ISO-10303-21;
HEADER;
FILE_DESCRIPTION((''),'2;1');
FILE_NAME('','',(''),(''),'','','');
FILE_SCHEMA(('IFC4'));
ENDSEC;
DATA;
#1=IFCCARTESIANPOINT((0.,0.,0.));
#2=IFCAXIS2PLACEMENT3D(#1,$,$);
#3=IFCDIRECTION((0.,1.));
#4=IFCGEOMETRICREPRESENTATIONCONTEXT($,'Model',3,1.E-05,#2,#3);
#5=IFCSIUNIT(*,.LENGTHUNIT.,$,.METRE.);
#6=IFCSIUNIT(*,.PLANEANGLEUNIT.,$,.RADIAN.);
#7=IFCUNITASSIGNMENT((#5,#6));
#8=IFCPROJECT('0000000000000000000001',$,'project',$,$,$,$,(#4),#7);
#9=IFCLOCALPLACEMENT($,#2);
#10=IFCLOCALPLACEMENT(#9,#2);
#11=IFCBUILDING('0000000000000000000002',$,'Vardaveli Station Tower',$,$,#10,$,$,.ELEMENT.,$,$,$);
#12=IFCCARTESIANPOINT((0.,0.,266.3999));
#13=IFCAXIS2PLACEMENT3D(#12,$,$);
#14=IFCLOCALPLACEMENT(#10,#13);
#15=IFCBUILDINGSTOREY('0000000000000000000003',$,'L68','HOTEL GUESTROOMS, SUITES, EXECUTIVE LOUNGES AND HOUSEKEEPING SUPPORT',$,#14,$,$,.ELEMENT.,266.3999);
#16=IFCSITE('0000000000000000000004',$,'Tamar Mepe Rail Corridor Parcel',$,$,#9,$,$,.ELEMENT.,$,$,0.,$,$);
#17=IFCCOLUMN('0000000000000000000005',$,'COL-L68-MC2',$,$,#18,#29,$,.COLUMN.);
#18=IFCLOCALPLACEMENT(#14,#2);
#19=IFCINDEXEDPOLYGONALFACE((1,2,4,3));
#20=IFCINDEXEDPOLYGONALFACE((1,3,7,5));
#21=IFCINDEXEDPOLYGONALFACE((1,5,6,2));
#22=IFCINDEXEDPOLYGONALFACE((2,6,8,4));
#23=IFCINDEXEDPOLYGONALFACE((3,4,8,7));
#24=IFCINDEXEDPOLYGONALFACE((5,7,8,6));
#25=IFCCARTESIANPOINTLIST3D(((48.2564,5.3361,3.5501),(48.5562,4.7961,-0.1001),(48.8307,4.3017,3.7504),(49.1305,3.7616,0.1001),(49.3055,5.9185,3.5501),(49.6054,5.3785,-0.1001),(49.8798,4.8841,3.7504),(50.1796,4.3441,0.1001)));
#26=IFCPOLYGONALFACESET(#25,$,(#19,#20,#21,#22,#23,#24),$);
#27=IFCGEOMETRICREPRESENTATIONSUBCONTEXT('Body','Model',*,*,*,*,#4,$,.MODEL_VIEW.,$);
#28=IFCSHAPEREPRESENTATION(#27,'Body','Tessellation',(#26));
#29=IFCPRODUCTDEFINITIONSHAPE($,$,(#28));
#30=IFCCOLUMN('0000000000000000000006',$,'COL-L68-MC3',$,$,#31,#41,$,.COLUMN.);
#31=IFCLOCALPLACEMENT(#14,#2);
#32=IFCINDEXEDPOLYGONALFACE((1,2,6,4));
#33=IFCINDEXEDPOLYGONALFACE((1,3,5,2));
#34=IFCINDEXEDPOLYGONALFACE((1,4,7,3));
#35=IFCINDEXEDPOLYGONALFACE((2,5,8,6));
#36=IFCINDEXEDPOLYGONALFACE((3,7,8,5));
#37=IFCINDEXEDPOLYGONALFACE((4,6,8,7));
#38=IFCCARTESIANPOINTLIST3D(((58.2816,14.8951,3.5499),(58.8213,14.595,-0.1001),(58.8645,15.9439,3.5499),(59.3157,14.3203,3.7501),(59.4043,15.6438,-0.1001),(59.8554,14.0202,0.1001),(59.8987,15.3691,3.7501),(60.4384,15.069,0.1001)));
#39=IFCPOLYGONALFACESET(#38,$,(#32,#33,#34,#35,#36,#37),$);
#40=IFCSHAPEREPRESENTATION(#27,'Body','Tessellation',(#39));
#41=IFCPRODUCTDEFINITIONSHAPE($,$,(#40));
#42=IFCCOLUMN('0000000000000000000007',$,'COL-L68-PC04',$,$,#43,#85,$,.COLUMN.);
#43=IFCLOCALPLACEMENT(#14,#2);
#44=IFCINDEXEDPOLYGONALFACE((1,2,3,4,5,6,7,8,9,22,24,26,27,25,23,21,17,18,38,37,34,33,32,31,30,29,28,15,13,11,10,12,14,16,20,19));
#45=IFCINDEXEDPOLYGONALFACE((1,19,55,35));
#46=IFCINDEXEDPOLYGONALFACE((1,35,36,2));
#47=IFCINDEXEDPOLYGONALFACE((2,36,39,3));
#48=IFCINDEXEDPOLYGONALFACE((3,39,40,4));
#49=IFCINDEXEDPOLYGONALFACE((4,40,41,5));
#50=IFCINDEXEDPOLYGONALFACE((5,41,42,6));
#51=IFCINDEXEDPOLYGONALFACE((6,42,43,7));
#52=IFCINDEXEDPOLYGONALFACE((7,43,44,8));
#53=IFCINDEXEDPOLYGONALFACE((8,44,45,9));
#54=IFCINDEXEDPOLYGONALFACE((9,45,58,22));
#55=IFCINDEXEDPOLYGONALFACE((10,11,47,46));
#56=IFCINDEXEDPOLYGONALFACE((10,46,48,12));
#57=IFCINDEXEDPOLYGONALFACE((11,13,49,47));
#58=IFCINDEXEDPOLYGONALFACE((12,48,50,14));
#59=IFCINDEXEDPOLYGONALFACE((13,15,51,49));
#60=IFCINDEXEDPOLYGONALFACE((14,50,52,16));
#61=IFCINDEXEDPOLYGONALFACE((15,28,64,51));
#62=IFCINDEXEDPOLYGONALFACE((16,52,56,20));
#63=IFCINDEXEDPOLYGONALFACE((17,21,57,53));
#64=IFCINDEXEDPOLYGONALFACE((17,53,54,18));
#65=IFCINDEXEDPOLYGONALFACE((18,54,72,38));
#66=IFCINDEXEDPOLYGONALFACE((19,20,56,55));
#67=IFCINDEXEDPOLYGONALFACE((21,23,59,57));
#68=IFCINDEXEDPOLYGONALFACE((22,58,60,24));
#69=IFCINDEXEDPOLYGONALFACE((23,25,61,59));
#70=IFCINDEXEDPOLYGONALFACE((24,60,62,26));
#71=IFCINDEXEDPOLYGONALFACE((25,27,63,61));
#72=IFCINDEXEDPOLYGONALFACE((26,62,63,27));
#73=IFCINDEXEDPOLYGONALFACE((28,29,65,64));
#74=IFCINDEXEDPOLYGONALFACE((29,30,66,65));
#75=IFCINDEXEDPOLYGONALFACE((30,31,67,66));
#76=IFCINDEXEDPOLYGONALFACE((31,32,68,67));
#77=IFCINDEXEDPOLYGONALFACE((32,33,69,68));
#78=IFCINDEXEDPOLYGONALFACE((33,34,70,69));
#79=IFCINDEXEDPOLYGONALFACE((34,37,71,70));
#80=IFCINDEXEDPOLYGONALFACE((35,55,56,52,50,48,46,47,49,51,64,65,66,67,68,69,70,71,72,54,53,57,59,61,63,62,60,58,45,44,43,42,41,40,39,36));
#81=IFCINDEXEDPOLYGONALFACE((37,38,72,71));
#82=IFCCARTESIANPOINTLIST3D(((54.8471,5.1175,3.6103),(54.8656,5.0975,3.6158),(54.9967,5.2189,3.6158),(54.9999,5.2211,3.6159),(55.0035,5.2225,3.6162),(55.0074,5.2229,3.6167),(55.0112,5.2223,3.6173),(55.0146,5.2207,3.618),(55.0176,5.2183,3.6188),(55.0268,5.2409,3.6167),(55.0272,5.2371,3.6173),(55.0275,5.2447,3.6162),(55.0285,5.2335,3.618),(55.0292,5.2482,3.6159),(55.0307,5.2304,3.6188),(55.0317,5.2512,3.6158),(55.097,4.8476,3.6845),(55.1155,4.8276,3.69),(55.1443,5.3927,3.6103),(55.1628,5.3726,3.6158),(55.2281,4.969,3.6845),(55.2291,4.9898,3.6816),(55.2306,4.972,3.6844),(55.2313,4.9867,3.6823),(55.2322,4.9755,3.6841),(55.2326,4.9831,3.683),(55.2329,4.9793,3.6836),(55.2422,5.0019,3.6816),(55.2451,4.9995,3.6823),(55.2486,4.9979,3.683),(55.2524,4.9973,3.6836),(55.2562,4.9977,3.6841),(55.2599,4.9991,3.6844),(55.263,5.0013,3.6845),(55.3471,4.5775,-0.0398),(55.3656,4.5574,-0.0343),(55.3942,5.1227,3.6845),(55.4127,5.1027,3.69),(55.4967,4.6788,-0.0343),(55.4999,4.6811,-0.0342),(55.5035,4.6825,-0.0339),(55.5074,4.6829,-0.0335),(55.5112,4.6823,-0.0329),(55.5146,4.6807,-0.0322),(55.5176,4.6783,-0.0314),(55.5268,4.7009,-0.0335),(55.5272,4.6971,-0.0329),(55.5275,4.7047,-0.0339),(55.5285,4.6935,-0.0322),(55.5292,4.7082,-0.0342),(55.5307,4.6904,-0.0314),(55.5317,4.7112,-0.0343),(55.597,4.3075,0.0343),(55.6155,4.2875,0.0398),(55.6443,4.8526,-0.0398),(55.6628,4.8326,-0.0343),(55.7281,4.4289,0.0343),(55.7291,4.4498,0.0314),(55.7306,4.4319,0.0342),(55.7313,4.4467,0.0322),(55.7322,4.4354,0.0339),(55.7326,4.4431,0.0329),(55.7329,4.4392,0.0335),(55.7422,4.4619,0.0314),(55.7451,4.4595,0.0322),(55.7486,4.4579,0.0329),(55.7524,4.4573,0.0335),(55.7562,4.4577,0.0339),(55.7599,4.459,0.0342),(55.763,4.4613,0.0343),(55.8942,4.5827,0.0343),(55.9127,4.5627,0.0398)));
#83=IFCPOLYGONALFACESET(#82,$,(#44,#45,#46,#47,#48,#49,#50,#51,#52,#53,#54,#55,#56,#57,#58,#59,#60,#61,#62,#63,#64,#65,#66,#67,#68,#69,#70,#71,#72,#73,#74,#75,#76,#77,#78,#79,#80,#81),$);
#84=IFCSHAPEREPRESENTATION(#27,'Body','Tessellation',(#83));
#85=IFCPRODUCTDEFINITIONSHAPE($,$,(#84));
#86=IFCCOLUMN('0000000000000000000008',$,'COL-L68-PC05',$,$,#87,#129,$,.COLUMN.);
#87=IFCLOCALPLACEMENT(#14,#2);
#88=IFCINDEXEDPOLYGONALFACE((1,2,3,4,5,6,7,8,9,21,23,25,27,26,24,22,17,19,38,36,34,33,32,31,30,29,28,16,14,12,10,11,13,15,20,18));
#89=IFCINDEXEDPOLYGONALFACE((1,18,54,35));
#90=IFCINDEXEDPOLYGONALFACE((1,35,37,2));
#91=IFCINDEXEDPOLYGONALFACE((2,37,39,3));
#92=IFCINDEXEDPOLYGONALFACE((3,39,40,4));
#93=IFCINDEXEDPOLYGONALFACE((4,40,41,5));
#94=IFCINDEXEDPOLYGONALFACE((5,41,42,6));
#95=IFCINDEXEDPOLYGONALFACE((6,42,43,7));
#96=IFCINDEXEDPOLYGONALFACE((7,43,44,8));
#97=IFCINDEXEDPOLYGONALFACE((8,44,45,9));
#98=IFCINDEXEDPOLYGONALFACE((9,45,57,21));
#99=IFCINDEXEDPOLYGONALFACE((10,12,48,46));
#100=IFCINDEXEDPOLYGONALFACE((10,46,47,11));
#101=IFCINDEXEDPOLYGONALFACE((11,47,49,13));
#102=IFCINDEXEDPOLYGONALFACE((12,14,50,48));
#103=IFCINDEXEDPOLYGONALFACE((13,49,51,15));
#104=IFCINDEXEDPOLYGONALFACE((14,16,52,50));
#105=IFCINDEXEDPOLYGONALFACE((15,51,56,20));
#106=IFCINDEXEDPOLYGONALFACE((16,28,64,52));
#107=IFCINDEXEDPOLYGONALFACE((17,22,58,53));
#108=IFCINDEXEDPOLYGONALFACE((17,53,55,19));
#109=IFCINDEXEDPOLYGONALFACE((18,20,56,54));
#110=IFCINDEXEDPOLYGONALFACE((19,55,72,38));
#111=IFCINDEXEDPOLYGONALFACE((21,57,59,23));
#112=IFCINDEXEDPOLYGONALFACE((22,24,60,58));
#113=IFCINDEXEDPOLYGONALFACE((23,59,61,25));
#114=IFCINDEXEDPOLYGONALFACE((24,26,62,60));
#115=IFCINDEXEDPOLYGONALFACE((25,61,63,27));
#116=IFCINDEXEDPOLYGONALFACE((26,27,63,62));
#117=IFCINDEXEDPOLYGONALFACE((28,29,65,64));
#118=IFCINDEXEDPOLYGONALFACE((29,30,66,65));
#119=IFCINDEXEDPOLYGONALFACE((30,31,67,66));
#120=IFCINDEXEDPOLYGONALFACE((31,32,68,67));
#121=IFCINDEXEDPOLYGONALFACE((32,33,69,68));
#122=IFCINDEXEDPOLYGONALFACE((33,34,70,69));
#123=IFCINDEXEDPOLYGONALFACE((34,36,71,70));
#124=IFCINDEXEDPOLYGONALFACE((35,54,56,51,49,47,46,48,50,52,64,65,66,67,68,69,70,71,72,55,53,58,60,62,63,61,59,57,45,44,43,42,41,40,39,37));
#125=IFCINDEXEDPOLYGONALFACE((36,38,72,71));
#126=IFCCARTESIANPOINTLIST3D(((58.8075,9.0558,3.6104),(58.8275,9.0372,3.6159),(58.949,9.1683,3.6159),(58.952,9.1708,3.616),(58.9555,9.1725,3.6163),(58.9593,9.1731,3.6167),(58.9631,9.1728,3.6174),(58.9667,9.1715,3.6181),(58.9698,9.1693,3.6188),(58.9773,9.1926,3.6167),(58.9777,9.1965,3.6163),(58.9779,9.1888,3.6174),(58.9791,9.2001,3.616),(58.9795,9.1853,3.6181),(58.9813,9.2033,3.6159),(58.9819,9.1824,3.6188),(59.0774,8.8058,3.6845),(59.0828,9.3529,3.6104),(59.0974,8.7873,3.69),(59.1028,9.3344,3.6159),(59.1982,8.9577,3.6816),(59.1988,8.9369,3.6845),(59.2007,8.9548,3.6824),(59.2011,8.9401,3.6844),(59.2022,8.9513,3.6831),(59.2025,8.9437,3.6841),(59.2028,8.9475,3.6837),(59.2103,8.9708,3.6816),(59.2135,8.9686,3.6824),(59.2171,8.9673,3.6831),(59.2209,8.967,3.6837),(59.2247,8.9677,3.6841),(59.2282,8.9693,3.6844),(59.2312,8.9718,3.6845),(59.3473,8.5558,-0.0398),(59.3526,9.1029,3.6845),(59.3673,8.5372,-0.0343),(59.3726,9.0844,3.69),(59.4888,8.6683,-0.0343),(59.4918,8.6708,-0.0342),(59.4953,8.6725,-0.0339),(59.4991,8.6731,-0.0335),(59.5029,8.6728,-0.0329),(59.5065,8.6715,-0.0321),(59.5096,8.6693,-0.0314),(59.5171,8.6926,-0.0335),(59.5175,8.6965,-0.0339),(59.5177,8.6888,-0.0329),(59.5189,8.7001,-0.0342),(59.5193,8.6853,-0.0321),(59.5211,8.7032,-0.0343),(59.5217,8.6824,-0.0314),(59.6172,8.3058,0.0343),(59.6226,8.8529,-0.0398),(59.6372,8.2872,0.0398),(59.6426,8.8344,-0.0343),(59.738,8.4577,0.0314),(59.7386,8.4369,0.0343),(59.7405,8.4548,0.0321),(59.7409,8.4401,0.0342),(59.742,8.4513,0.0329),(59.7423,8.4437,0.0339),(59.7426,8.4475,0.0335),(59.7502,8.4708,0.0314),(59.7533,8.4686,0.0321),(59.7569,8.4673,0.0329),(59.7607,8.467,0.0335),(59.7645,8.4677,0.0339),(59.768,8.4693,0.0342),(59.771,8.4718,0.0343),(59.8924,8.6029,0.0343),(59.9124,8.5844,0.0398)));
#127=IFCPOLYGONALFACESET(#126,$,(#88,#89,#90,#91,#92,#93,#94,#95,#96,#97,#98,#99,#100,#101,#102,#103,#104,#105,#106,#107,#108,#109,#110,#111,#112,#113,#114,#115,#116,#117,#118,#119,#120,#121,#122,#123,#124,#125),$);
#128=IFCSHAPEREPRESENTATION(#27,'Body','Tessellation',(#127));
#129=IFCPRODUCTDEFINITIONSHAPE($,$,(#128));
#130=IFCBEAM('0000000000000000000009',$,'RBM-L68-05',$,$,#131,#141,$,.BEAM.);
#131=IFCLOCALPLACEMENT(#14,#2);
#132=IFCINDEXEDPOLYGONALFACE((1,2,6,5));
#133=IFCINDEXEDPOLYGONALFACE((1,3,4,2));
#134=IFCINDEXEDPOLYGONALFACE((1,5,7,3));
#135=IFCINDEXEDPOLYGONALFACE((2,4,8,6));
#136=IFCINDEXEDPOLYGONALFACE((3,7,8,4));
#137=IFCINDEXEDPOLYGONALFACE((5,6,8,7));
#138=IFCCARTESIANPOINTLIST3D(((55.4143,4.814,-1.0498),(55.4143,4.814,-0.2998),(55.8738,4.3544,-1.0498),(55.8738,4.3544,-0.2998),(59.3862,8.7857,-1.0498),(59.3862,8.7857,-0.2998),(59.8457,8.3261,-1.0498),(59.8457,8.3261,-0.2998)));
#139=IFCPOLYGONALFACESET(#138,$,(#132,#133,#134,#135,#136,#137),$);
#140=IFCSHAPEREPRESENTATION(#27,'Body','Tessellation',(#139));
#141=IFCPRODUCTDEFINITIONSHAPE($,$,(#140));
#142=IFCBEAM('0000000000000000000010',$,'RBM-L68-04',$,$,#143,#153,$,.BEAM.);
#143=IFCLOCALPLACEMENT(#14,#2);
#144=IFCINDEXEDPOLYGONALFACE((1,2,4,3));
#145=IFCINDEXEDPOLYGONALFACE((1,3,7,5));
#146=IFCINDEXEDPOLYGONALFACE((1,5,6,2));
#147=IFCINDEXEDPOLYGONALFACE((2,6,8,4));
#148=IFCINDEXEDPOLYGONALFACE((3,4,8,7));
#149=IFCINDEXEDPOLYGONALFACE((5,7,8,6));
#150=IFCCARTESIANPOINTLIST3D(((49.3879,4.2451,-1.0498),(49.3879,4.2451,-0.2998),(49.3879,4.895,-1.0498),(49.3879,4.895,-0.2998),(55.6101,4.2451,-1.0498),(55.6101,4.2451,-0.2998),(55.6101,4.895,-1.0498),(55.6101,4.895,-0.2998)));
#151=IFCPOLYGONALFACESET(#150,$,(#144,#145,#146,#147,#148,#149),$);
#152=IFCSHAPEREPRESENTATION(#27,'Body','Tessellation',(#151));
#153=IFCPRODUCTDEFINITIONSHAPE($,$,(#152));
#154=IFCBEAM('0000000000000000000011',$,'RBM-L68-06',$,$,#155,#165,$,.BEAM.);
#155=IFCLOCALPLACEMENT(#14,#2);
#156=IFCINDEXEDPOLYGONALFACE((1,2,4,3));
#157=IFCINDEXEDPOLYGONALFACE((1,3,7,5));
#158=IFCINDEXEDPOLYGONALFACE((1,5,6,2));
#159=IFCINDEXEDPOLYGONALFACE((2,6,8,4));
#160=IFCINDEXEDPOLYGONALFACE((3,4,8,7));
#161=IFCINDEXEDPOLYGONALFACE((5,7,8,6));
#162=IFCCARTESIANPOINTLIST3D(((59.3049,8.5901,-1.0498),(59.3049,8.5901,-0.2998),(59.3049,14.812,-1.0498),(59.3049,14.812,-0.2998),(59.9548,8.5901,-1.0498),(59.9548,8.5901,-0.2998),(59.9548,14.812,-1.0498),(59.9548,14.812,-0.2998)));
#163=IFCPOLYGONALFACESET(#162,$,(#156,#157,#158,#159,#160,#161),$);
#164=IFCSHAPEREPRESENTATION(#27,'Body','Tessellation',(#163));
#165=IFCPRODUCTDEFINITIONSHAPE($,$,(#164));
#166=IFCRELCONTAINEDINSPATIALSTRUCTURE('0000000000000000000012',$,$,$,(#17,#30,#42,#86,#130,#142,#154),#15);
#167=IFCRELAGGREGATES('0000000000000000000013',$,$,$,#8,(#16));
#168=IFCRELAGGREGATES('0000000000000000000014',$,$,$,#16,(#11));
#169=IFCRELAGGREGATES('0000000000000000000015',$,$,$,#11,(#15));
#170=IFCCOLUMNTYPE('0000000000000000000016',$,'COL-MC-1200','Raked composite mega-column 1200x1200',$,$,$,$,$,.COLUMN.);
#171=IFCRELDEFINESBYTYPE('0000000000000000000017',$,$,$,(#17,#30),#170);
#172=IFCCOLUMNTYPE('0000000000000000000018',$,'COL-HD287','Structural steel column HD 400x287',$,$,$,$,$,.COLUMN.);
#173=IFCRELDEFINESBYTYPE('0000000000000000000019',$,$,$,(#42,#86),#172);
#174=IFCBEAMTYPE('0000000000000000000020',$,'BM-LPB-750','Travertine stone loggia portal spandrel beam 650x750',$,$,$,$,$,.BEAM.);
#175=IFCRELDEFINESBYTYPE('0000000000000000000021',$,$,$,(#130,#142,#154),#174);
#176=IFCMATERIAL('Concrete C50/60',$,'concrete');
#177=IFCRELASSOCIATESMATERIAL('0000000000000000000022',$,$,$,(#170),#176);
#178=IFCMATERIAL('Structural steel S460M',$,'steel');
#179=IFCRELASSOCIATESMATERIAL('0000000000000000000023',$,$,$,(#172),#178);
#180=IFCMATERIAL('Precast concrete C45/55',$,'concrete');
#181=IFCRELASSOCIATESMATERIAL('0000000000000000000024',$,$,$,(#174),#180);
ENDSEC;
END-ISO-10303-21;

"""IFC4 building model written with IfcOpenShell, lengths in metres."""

from ifc_helpers import new_model, si_unit, direction, frame, origin, origin_2d, place, context, subcontext, project, spatial, rectangle, i_section, extrude, source, transform, mapped, material, material_profile, profile_set, type_object, element, save


model = new_model("IFC4")

# Units and contexts
model_context = context("Model", 3, precision=1e-05, world=origin(), true_north=direction((0.0, 1.0)))
body_context = subcontext(model_context, "Body", "Model", "MODEL_VIEW")
ifc_project = project(units=[si_unit("LENGTHUNIT", "METRE"), si_unit("PLANEANGLEUNIT", "RADIAN")], contexts=[model_context])

# Site, building, storey
site_placement = place(None, origin())
site = spatial("IfcSite", under=ifc_project, at=site_placement, Name="Tamar Mepe Rail Corridor Parcel", CompositionType="ELEMENT", RefElevation=0.0)
building_placement = place(site_placement, origin())
building = spatial("IfcBuilding", under=site, at=building_placement, Name="Vardaveli Station Tower", CompositionType="ELEMENT")
storey_placement = place(building_placement, frame((0.0, 0.0, 266.3999)))
storey = spatial("IfcBuildingStorey", under=building, at=storey_placement, Name="L68", Description="HOTEL GUESTROOMS, SUITES, EXECUTIVE LOUNGES AND HOUSEKEEPING SUPPORT", CompositionType="ELEMENT", Elevation=266.3999)

# Columns
ifc_material_1 = material(Name="Concrete C50/60", Category="concrete")
ifc_material_profile_1 = material_profile(ifc_material_1, rectangle(XDim=1.2, YDim=1.2, at=origin_2d()), Name="MC 1200x1200")
ifc_profile_set_1 = profile_set([ifc_material_profile_1], Name="Concrete C50/60")
column_type_1 = type_object("IfcColumnType", Name="COL-MC-1200", Description="Raked composite mega-column 1200x1200", PredefinedType="COLUMN", material=ifc_profile_set_1)
shared_shape_1 = source(origin(), body_context, "Body", "SweptSolid", [
    extrude(rectangle(XDim=1.2, YDim=1.2, at=origin_2d()), origin(), (0.0, 0.0, 1.0), 3.7021),
])
column_1_placement = place(storey_placement, frame((49.3679, 4.5701, 0.0), z_axis=(-0.080984, 0.145876, 0.985983), x_axis=(-0.874306, -0.485374, 0.0)))
element("IfcColumn", 1, at=column_1_placement, inside=storey, type_object=column_type_1, Name="COL-L68-MC2", PredefinedType="COLUMN", context=body_context, shape_type="MappedRepresentation", body=[
    mapped(shared_shape_1, transform((0.0, 0.0, 0.0), scale=1.0)),
])
shared_shape_2 = source(origin(), body_context, "Body", "SweptSolid", [
    extrude(rectangle(XDim=1.2, YDim=1.2, at=origin_2d()), origin(), (0.0, 0.0, 1.0), 3.7019),
])
column_2_placement = place(storey_placement, frame((59.6299, 14.832, 0.0), z_axis=(-0.145811, 0.08105, 0.985987), x_axis=(-0.485844, -0.874045, 0.0)))
element("IfcColumn", 2, at=column_2_placement, inside=storey, type_object=column_type_1, Name="COL-L68-MC3", PredefinedType="COLUMN", context=body_context, shape_type="MappedRepresentation", body=[
    mapped(shared_shape_2, transform((0.0, 0.0, 0.0), scale=1.0)),
])
ifc_material_2 = material(Name="Structural steel S460M", Category="steel")
ifc_material_profile_2 = material_profile(ifc_material_2, i_section(OverallWidth=0.405, OverallDepth=0.4031, WebThickness=0.0178, FlangeThickness=0.0278, FilletRadius=0.0149, at=origin_2d()), Name="HD 400x287")
ifc_profile_set_2 = profile_set([ifc_material_profile_2], Name="Structural steel S460M")
column_type_2 = type_object("IfcColumnType", Name="COL-HD287", Description="Structural steel column HD 400x287", PredefinedType="COLUMN", material=ifc_profile_set_2)
shared_shape_3 = source(origin(), body_context, "Body", "SweptSolid", [
    extrude(i_section(OverallWidth=0.405, OverallDepth=0.4031, WebThickness=0.0178, FlangeThickness=0.0278, FilletRadius=0.0149, at=origin_2d()), origin(), (0.0, 0.0, 1.0), 3.7236),
])
for number, where, z_axis, x_axis, name in (
    (3, (55.6299, 4.5701, 0.0), (-0.134279, 0.145031, 0.980273), (-0.733785, -0.679382, 0.0), "COL-L68-PC04"),
    (4, (59.6299, 8.5701, 0.0), (-0.144967, 0.13428, 0.980282), (-0.679547, -0.733632, 0.0), "COL-L68-PC05"),
):
    element("IfcColumn", number, at=place(storey_placement, frame(where, z_axis=z_axis, x_axis=x_axis)), inside=storey, type_object=column_type_2, Name=name, PredefinedType="COLUMN", context=body_context, shape_type="MappedRepresentation", body=[
        mapped(shared_shape_3, transform((0.0, 0.0, 0.0), scale=1.0)),
    ])

# Beams
ifc_material_3 = material(Name="Precast concrete C45/55", Category="concrete")
ifc_material_profile_3 = material_profile(ifc_material_3, rectangle(XDim=0.6499, YDim=0.75, at=origin_2d()), Name="LPB 650x750")
ifc_profile_set_3 = profile_set([ifc_material_profile_3], Name="Precast concrete C45/55")
beam_type_1 = type_object("IfcBeamType", Name="BM-LPB-750", Description="Travertine stone loggia portal spandrel beam 650x750", PredefinedType="BEAM", material=ifc_profile_set_3)
shared_shape_4 = source(origin(), body_context, "Body", "SweptSolid", [
    extrude(rectangle(XDim=0.6499, YDim=0.75, at=origin_2d()), origin(), (0.0, 0.0, 1.0), 5.6169),
])
beam_1_placement = place(storey_placement, frame((55.644, 4.5842, -0.6748), z_axis=(0.707129, 0.707085, 0.0), x_axis=(-0.707085, 0.707129, 0.0)))
element("IfcBeam", 5, at=beam_1_placement, inside=storey, type_object=beam_type_1, Name="RBM-L68-05", PredefinedType="BEAM", context=body_context, shape_type="MappedRepresentation", body=[
    mapped(shared_shape_4, transform((0.0, 0.0, 0.0), scale=1.0)),
])
shared_shape_5 = source(origin(), body_context, "Body", "SweptSolid", [
    extrude(rectangle(XDim=0.6499, YDim=0.75, at=origin_2d()), origin(), (0.0, 0.0, 1.0), 6.2222),
])
beam_2_placement = place(storey_placement, frame((49.3879, 4.5701, -0.6748), z_axis=(1.0, 0.0, 0.0), x_axis=(0.0, 1.0, 0.0)))
element("IfcBeam", 6, at=beam_2_placement, inside=storey, type_object=beam_type_1, Name="RBM-L68-04", PredefinedType="BEAM", context=body_context, shape_type="MappedRepresentation", body=[
    mapped(shared_shape_5, transform((0.0, 0.0, 0.0), scale=1.0)),
])
shared_shape_6 = source(origin(), body_context, "Body", "SweptSolid", [
    extrude(rectangle(XDim=0.6499, YDim=0.75, at=origin_2d()), origin(), (0.0, 0.0, 1.0), 6.2219),
])
beam_3_placement = place(storey_placement, frame((59.6299, 8.5901, -0.6748), z_axis=(0.0, 1.0, 0.0), x_axis=(-1.0, 0.0, 0.0)))
element("IfcBeam", 7, at=beam_3_placement, inside=storey, type_object=beam_type_1, Name="RBM-L68-06", PredefinedType="BEAM", context=body_context, shape_type="MappedRepresentation", body=[
    mapped(shared_shape_6, transform((0.0, 0.0, 0.0), scale=1.0)),
])

save(model, "model.ifc")
